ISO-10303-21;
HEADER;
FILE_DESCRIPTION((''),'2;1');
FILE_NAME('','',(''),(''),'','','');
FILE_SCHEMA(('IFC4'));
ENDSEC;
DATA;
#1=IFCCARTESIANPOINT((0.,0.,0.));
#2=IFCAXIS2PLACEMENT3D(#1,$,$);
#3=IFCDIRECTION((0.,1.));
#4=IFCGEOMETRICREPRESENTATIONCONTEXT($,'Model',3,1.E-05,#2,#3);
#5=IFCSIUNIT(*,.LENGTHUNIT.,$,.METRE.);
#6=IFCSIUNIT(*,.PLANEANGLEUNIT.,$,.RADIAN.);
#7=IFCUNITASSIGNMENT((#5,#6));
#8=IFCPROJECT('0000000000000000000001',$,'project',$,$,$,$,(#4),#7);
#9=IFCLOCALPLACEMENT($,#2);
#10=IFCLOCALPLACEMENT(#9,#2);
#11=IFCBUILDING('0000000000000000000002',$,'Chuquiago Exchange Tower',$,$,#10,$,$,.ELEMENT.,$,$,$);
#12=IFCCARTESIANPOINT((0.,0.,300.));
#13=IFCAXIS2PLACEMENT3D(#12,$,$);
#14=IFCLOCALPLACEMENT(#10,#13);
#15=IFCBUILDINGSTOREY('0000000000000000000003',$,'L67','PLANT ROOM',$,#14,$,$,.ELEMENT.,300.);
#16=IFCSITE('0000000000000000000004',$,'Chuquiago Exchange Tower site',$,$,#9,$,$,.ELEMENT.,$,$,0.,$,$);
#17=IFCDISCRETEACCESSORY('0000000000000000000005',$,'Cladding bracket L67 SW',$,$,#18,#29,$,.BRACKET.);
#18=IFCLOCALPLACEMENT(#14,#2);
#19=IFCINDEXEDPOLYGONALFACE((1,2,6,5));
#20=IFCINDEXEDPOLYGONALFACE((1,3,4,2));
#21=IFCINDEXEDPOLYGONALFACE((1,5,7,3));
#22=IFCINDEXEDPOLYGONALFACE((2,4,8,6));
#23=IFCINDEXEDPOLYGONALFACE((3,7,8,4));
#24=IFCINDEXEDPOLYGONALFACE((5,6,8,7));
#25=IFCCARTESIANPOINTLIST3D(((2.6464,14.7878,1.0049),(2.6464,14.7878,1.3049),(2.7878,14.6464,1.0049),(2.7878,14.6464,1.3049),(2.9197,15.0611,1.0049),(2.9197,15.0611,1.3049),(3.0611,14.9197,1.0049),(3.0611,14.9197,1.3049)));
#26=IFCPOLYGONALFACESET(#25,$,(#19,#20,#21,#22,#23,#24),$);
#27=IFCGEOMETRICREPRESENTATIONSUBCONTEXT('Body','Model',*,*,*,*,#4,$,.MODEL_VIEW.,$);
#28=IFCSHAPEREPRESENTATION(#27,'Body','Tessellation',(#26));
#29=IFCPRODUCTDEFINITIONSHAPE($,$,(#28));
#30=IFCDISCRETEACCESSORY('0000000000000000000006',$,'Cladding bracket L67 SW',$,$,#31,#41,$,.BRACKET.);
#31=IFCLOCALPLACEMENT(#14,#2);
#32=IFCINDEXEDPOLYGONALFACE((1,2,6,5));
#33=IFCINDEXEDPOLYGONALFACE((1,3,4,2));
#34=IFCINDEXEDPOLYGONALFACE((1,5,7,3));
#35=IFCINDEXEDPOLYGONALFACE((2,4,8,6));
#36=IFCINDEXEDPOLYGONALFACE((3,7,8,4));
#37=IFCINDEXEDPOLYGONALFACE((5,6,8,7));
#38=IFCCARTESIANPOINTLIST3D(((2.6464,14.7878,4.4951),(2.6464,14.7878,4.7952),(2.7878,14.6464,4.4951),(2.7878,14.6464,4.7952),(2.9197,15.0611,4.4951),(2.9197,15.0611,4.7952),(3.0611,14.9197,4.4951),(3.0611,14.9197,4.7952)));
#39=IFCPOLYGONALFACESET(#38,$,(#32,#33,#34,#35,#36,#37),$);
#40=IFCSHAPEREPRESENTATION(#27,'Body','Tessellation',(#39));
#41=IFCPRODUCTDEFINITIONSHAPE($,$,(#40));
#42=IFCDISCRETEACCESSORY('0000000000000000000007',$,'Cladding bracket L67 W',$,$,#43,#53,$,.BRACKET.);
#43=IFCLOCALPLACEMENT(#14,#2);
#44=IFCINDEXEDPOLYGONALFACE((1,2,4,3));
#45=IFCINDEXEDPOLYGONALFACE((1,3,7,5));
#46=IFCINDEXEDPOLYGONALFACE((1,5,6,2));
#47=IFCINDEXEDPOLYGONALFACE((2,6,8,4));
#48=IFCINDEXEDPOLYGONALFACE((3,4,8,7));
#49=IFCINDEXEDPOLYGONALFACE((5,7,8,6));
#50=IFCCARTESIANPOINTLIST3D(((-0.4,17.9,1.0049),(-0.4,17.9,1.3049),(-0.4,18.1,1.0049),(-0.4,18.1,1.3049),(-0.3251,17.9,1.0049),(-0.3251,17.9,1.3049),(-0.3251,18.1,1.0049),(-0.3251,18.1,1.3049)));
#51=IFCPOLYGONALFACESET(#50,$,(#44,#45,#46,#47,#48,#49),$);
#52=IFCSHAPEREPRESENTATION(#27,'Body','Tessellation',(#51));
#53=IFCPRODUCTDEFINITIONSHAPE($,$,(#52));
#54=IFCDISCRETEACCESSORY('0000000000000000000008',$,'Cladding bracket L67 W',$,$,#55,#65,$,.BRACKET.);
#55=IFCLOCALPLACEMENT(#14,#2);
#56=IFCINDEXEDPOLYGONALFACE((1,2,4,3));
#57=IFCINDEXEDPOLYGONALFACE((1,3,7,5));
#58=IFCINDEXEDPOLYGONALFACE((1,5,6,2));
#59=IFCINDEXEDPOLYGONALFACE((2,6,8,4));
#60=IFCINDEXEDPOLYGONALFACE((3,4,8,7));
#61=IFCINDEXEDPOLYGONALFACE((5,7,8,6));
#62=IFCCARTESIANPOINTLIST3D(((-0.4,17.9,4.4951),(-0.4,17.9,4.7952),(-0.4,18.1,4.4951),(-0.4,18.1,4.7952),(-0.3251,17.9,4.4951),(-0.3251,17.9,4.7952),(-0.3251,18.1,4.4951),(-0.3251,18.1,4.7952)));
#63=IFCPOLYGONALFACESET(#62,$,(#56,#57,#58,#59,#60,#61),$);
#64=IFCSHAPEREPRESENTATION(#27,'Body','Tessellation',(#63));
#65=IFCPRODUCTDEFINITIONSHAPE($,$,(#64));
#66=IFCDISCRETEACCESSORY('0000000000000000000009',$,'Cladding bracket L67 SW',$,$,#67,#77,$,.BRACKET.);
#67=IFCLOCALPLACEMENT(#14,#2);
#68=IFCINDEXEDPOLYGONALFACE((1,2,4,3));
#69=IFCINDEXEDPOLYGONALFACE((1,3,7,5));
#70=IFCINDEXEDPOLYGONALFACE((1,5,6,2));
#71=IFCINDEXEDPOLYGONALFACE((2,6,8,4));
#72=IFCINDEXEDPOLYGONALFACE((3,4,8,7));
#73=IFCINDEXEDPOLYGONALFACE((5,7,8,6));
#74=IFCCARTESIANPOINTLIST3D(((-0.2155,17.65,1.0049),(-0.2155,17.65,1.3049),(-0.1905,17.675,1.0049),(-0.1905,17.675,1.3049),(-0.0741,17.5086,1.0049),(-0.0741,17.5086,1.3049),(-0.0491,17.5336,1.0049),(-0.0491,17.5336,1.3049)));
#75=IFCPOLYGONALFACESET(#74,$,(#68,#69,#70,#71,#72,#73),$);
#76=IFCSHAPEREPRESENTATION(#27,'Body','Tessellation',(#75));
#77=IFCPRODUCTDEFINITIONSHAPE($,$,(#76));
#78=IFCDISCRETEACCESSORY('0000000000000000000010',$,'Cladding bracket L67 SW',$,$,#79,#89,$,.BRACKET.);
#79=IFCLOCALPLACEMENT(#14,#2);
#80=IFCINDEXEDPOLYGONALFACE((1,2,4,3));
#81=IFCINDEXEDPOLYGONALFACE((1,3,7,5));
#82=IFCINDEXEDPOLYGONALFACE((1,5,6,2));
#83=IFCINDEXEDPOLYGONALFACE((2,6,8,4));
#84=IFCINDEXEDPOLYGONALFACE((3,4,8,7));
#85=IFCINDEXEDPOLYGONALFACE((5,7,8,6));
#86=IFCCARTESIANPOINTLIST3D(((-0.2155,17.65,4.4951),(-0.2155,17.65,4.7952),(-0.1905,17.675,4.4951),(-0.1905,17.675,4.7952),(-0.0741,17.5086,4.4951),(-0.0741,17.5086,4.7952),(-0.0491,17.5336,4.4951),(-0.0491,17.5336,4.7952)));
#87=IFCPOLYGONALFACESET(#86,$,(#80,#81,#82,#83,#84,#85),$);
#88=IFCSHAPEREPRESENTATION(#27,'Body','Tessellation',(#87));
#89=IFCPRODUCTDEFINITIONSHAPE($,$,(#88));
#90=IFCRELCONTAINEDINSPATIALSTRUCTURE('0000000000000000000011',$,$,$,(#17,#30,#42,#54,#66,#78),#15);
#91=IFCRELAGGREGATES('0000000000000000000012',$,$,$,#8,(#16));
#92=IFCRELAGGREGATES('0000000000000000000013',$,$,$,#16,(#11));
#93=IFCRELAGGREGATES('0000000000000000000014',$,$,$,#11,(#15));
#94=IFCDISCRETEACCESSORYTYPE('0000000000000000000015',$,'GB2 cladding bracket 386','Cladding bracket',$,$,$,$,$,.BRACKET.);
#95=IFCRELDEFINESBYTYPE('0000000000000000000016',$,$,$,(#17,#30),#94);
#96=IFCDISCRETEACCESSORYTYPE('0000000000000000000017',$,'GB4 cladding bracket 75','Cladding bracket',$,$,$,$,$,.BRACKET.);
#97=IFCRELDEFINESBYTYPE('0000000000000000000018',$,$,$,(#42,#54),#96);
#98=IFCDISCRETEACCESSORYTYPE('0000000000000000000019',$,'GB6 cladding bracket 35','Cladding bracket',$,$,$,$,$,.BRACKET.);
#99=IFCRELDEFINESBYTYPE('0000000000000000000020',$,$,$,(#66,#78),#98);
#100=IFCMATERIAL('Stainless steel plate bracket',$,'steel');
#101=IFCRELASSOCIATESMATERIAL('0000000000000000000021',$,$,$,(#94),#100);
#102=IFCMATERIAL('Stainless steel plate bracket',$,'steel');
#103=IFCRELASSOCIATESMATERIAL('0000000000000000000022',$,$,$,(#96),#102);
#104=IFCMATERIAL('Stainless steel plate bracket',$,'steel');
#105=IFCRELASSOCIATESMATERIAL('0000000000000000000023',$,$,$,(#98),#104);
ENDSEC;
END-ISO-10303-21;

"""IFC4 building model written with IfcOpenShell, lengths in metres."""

from ifc_helpers import new_model, si_unit, direction, frame, origin, origin_2d, place, context, subcontext, project, spatial, rectangle, extrude, material, type_object, element, save


model = new_model("IFC4")

# Units and contexts
model_context = context("Model", 3, precision=1e-05, world=origin(), true_north=direction((0.0, 1.0)))
body_context = subcontext(model_context, "Body", "Model", "MODEL_VIEW")
ifc_project = project(units=[si_unit("LENGTHUNIT", "METRE"), si_unit("PLANEANGLEUNIT", "RADIAN")], contexts=[model_context])

# Site, building, storey
site_placement = place(None, origin())
site = spatial("IfcSite", under=ifc_project, at=site_placement, Name="Chuquiago Exchange Tower site", CompositionType="ELEMENT", RefElevation=0.0)
building_placement = place(site_placement, origin())
building = spatial("IfcBuilding", under=site, at=building_placement, Name="Chuquiago Exchange Tower", CompositionType="ELEMENT")
storey_placement = place(building_placement, frame((0.0, 0.0, 300.0)))
storey = spatial("IfcBuildingStorey", under=building, at=storey_placement, Name="L67", Description="PLANT ROOM", CompositionType="ELEMENT", Elevation=300.0)

# Discrete accessories
ifc_material_1 = material(Name="Stainless steel plate bracket", Category="steel")
discrete_accessory_type_1 = type_object("IfcDiscreteAccessoryType", Name="GB2 cladding bracket 386", Description="Cladding bracket", PredefinedType="BRACKET", material=ifc_material_1)
for number, where, z_axis, x_axis, name in (
    (1, (2.8538, 14.8538, 1.0049), (0.0, 0.0, 1.0), (0.707107, -0.707107, 0.0), "Cladding bracket L67 SW"),
    (2, (2.8538, 14.8538, 4.4951), (0.0, 0.0, 1.0), (0.707107, -0.707107, 0.0), "Cladding bracket L67 SW"),
):
    element("IfcDiscreteAccessory", number, at=place(storey_placement, frame(where, z_axis=z_axis, x_axis=x_axis)), inside=storey, type_object=discrete_accessory_type_1, Name=name, PredefinedType="BRACKET", context=body_context, shape_type="SweptSolid", body=[
        extrude(rectangle(XDim=0.2, YDim=0.3865, at=origin_2d()), origin(), (0.0, 0.0, 1.0), 0.3),
    ])
ifc_material_2 = material(Name="Stainless steel plate bracket", Category="steel")
discrete_accessory_type_2 = type_object("IfcDiscreteAccessoryType", Name="GB4 cladding bracket 75", Description="Cladding bracket", PredefinedType="BRACKET", material=ifc_material_2)
for number, where, z_axis, x_axis, name in (
    (3, (-0.3625, 18.0, 1.0049), (0.0, 0.0, 1.0), (0.0, -1.0, 0.0), "Cladding bracket L67 W"),
    (4, (-0.3625, 18.0, 4.4951), (0.0, 0.0, 1.0), (0.0, -1.0, 0.0), "Cladding bracket L67 W"),
):
    element("IfcDiscreteAccessory", number, at=place(storey_placement, frame(where, z_axis=z_axis, x_axis=x_axis)), inside=storey, type_object=discrete_accessory_type_2, Name=name, PredefinedType="BRACKET", context=body_context, shape_type="SweptSolid", body=[
        extrude(rectangle(XDim=0.2, YDim=0.075, at=origin_2d()), origin(), (0.0, 0.0, 1.0), 0.3),
    ])
ifc_material_3 = material(Name="Stainless steel plate bracket", Category="steel")
discrete_accessory_type_3 = type_object("IfcDiscreteAccessoryType", Name="GB6 cladding bracket 35", Description="Cladding bracket", PredefinedType="BRACKET", material=ifc_material_3)
for number, where, z_axis, x_axis, name in (
    (5, (-0.1323, 17.5918, 1.0049), (0.0, 0.0, 1.0), (0.707107, -0.707107, 0.0), "Cladding bracket L67 SW"),
    (6, (-0.1323, 17.5918, 4.4951), (0.0, 0.0, 1.0), (0.707107, -0.707107, 0.0), "Cladding bracket L67 SW"),
):
    element("IfcDiscreteAccessory", number, at=place(storey_placement, frame(where, z_axis=z_axis, x_axis=x_axis)), inside=storey, type_object=discrete_accessory_type_3, Name=name, PredefinedType="BRACKET", context=body_context, shape_type="SweptSolid", body=[
        extrude(rectangle(XDim=0.2, YDim=0.0354, at=origin_2d()), origin(), (0.0, 0.0, 1.0), 0.3),
    ])

save(model, "model.ifc")
